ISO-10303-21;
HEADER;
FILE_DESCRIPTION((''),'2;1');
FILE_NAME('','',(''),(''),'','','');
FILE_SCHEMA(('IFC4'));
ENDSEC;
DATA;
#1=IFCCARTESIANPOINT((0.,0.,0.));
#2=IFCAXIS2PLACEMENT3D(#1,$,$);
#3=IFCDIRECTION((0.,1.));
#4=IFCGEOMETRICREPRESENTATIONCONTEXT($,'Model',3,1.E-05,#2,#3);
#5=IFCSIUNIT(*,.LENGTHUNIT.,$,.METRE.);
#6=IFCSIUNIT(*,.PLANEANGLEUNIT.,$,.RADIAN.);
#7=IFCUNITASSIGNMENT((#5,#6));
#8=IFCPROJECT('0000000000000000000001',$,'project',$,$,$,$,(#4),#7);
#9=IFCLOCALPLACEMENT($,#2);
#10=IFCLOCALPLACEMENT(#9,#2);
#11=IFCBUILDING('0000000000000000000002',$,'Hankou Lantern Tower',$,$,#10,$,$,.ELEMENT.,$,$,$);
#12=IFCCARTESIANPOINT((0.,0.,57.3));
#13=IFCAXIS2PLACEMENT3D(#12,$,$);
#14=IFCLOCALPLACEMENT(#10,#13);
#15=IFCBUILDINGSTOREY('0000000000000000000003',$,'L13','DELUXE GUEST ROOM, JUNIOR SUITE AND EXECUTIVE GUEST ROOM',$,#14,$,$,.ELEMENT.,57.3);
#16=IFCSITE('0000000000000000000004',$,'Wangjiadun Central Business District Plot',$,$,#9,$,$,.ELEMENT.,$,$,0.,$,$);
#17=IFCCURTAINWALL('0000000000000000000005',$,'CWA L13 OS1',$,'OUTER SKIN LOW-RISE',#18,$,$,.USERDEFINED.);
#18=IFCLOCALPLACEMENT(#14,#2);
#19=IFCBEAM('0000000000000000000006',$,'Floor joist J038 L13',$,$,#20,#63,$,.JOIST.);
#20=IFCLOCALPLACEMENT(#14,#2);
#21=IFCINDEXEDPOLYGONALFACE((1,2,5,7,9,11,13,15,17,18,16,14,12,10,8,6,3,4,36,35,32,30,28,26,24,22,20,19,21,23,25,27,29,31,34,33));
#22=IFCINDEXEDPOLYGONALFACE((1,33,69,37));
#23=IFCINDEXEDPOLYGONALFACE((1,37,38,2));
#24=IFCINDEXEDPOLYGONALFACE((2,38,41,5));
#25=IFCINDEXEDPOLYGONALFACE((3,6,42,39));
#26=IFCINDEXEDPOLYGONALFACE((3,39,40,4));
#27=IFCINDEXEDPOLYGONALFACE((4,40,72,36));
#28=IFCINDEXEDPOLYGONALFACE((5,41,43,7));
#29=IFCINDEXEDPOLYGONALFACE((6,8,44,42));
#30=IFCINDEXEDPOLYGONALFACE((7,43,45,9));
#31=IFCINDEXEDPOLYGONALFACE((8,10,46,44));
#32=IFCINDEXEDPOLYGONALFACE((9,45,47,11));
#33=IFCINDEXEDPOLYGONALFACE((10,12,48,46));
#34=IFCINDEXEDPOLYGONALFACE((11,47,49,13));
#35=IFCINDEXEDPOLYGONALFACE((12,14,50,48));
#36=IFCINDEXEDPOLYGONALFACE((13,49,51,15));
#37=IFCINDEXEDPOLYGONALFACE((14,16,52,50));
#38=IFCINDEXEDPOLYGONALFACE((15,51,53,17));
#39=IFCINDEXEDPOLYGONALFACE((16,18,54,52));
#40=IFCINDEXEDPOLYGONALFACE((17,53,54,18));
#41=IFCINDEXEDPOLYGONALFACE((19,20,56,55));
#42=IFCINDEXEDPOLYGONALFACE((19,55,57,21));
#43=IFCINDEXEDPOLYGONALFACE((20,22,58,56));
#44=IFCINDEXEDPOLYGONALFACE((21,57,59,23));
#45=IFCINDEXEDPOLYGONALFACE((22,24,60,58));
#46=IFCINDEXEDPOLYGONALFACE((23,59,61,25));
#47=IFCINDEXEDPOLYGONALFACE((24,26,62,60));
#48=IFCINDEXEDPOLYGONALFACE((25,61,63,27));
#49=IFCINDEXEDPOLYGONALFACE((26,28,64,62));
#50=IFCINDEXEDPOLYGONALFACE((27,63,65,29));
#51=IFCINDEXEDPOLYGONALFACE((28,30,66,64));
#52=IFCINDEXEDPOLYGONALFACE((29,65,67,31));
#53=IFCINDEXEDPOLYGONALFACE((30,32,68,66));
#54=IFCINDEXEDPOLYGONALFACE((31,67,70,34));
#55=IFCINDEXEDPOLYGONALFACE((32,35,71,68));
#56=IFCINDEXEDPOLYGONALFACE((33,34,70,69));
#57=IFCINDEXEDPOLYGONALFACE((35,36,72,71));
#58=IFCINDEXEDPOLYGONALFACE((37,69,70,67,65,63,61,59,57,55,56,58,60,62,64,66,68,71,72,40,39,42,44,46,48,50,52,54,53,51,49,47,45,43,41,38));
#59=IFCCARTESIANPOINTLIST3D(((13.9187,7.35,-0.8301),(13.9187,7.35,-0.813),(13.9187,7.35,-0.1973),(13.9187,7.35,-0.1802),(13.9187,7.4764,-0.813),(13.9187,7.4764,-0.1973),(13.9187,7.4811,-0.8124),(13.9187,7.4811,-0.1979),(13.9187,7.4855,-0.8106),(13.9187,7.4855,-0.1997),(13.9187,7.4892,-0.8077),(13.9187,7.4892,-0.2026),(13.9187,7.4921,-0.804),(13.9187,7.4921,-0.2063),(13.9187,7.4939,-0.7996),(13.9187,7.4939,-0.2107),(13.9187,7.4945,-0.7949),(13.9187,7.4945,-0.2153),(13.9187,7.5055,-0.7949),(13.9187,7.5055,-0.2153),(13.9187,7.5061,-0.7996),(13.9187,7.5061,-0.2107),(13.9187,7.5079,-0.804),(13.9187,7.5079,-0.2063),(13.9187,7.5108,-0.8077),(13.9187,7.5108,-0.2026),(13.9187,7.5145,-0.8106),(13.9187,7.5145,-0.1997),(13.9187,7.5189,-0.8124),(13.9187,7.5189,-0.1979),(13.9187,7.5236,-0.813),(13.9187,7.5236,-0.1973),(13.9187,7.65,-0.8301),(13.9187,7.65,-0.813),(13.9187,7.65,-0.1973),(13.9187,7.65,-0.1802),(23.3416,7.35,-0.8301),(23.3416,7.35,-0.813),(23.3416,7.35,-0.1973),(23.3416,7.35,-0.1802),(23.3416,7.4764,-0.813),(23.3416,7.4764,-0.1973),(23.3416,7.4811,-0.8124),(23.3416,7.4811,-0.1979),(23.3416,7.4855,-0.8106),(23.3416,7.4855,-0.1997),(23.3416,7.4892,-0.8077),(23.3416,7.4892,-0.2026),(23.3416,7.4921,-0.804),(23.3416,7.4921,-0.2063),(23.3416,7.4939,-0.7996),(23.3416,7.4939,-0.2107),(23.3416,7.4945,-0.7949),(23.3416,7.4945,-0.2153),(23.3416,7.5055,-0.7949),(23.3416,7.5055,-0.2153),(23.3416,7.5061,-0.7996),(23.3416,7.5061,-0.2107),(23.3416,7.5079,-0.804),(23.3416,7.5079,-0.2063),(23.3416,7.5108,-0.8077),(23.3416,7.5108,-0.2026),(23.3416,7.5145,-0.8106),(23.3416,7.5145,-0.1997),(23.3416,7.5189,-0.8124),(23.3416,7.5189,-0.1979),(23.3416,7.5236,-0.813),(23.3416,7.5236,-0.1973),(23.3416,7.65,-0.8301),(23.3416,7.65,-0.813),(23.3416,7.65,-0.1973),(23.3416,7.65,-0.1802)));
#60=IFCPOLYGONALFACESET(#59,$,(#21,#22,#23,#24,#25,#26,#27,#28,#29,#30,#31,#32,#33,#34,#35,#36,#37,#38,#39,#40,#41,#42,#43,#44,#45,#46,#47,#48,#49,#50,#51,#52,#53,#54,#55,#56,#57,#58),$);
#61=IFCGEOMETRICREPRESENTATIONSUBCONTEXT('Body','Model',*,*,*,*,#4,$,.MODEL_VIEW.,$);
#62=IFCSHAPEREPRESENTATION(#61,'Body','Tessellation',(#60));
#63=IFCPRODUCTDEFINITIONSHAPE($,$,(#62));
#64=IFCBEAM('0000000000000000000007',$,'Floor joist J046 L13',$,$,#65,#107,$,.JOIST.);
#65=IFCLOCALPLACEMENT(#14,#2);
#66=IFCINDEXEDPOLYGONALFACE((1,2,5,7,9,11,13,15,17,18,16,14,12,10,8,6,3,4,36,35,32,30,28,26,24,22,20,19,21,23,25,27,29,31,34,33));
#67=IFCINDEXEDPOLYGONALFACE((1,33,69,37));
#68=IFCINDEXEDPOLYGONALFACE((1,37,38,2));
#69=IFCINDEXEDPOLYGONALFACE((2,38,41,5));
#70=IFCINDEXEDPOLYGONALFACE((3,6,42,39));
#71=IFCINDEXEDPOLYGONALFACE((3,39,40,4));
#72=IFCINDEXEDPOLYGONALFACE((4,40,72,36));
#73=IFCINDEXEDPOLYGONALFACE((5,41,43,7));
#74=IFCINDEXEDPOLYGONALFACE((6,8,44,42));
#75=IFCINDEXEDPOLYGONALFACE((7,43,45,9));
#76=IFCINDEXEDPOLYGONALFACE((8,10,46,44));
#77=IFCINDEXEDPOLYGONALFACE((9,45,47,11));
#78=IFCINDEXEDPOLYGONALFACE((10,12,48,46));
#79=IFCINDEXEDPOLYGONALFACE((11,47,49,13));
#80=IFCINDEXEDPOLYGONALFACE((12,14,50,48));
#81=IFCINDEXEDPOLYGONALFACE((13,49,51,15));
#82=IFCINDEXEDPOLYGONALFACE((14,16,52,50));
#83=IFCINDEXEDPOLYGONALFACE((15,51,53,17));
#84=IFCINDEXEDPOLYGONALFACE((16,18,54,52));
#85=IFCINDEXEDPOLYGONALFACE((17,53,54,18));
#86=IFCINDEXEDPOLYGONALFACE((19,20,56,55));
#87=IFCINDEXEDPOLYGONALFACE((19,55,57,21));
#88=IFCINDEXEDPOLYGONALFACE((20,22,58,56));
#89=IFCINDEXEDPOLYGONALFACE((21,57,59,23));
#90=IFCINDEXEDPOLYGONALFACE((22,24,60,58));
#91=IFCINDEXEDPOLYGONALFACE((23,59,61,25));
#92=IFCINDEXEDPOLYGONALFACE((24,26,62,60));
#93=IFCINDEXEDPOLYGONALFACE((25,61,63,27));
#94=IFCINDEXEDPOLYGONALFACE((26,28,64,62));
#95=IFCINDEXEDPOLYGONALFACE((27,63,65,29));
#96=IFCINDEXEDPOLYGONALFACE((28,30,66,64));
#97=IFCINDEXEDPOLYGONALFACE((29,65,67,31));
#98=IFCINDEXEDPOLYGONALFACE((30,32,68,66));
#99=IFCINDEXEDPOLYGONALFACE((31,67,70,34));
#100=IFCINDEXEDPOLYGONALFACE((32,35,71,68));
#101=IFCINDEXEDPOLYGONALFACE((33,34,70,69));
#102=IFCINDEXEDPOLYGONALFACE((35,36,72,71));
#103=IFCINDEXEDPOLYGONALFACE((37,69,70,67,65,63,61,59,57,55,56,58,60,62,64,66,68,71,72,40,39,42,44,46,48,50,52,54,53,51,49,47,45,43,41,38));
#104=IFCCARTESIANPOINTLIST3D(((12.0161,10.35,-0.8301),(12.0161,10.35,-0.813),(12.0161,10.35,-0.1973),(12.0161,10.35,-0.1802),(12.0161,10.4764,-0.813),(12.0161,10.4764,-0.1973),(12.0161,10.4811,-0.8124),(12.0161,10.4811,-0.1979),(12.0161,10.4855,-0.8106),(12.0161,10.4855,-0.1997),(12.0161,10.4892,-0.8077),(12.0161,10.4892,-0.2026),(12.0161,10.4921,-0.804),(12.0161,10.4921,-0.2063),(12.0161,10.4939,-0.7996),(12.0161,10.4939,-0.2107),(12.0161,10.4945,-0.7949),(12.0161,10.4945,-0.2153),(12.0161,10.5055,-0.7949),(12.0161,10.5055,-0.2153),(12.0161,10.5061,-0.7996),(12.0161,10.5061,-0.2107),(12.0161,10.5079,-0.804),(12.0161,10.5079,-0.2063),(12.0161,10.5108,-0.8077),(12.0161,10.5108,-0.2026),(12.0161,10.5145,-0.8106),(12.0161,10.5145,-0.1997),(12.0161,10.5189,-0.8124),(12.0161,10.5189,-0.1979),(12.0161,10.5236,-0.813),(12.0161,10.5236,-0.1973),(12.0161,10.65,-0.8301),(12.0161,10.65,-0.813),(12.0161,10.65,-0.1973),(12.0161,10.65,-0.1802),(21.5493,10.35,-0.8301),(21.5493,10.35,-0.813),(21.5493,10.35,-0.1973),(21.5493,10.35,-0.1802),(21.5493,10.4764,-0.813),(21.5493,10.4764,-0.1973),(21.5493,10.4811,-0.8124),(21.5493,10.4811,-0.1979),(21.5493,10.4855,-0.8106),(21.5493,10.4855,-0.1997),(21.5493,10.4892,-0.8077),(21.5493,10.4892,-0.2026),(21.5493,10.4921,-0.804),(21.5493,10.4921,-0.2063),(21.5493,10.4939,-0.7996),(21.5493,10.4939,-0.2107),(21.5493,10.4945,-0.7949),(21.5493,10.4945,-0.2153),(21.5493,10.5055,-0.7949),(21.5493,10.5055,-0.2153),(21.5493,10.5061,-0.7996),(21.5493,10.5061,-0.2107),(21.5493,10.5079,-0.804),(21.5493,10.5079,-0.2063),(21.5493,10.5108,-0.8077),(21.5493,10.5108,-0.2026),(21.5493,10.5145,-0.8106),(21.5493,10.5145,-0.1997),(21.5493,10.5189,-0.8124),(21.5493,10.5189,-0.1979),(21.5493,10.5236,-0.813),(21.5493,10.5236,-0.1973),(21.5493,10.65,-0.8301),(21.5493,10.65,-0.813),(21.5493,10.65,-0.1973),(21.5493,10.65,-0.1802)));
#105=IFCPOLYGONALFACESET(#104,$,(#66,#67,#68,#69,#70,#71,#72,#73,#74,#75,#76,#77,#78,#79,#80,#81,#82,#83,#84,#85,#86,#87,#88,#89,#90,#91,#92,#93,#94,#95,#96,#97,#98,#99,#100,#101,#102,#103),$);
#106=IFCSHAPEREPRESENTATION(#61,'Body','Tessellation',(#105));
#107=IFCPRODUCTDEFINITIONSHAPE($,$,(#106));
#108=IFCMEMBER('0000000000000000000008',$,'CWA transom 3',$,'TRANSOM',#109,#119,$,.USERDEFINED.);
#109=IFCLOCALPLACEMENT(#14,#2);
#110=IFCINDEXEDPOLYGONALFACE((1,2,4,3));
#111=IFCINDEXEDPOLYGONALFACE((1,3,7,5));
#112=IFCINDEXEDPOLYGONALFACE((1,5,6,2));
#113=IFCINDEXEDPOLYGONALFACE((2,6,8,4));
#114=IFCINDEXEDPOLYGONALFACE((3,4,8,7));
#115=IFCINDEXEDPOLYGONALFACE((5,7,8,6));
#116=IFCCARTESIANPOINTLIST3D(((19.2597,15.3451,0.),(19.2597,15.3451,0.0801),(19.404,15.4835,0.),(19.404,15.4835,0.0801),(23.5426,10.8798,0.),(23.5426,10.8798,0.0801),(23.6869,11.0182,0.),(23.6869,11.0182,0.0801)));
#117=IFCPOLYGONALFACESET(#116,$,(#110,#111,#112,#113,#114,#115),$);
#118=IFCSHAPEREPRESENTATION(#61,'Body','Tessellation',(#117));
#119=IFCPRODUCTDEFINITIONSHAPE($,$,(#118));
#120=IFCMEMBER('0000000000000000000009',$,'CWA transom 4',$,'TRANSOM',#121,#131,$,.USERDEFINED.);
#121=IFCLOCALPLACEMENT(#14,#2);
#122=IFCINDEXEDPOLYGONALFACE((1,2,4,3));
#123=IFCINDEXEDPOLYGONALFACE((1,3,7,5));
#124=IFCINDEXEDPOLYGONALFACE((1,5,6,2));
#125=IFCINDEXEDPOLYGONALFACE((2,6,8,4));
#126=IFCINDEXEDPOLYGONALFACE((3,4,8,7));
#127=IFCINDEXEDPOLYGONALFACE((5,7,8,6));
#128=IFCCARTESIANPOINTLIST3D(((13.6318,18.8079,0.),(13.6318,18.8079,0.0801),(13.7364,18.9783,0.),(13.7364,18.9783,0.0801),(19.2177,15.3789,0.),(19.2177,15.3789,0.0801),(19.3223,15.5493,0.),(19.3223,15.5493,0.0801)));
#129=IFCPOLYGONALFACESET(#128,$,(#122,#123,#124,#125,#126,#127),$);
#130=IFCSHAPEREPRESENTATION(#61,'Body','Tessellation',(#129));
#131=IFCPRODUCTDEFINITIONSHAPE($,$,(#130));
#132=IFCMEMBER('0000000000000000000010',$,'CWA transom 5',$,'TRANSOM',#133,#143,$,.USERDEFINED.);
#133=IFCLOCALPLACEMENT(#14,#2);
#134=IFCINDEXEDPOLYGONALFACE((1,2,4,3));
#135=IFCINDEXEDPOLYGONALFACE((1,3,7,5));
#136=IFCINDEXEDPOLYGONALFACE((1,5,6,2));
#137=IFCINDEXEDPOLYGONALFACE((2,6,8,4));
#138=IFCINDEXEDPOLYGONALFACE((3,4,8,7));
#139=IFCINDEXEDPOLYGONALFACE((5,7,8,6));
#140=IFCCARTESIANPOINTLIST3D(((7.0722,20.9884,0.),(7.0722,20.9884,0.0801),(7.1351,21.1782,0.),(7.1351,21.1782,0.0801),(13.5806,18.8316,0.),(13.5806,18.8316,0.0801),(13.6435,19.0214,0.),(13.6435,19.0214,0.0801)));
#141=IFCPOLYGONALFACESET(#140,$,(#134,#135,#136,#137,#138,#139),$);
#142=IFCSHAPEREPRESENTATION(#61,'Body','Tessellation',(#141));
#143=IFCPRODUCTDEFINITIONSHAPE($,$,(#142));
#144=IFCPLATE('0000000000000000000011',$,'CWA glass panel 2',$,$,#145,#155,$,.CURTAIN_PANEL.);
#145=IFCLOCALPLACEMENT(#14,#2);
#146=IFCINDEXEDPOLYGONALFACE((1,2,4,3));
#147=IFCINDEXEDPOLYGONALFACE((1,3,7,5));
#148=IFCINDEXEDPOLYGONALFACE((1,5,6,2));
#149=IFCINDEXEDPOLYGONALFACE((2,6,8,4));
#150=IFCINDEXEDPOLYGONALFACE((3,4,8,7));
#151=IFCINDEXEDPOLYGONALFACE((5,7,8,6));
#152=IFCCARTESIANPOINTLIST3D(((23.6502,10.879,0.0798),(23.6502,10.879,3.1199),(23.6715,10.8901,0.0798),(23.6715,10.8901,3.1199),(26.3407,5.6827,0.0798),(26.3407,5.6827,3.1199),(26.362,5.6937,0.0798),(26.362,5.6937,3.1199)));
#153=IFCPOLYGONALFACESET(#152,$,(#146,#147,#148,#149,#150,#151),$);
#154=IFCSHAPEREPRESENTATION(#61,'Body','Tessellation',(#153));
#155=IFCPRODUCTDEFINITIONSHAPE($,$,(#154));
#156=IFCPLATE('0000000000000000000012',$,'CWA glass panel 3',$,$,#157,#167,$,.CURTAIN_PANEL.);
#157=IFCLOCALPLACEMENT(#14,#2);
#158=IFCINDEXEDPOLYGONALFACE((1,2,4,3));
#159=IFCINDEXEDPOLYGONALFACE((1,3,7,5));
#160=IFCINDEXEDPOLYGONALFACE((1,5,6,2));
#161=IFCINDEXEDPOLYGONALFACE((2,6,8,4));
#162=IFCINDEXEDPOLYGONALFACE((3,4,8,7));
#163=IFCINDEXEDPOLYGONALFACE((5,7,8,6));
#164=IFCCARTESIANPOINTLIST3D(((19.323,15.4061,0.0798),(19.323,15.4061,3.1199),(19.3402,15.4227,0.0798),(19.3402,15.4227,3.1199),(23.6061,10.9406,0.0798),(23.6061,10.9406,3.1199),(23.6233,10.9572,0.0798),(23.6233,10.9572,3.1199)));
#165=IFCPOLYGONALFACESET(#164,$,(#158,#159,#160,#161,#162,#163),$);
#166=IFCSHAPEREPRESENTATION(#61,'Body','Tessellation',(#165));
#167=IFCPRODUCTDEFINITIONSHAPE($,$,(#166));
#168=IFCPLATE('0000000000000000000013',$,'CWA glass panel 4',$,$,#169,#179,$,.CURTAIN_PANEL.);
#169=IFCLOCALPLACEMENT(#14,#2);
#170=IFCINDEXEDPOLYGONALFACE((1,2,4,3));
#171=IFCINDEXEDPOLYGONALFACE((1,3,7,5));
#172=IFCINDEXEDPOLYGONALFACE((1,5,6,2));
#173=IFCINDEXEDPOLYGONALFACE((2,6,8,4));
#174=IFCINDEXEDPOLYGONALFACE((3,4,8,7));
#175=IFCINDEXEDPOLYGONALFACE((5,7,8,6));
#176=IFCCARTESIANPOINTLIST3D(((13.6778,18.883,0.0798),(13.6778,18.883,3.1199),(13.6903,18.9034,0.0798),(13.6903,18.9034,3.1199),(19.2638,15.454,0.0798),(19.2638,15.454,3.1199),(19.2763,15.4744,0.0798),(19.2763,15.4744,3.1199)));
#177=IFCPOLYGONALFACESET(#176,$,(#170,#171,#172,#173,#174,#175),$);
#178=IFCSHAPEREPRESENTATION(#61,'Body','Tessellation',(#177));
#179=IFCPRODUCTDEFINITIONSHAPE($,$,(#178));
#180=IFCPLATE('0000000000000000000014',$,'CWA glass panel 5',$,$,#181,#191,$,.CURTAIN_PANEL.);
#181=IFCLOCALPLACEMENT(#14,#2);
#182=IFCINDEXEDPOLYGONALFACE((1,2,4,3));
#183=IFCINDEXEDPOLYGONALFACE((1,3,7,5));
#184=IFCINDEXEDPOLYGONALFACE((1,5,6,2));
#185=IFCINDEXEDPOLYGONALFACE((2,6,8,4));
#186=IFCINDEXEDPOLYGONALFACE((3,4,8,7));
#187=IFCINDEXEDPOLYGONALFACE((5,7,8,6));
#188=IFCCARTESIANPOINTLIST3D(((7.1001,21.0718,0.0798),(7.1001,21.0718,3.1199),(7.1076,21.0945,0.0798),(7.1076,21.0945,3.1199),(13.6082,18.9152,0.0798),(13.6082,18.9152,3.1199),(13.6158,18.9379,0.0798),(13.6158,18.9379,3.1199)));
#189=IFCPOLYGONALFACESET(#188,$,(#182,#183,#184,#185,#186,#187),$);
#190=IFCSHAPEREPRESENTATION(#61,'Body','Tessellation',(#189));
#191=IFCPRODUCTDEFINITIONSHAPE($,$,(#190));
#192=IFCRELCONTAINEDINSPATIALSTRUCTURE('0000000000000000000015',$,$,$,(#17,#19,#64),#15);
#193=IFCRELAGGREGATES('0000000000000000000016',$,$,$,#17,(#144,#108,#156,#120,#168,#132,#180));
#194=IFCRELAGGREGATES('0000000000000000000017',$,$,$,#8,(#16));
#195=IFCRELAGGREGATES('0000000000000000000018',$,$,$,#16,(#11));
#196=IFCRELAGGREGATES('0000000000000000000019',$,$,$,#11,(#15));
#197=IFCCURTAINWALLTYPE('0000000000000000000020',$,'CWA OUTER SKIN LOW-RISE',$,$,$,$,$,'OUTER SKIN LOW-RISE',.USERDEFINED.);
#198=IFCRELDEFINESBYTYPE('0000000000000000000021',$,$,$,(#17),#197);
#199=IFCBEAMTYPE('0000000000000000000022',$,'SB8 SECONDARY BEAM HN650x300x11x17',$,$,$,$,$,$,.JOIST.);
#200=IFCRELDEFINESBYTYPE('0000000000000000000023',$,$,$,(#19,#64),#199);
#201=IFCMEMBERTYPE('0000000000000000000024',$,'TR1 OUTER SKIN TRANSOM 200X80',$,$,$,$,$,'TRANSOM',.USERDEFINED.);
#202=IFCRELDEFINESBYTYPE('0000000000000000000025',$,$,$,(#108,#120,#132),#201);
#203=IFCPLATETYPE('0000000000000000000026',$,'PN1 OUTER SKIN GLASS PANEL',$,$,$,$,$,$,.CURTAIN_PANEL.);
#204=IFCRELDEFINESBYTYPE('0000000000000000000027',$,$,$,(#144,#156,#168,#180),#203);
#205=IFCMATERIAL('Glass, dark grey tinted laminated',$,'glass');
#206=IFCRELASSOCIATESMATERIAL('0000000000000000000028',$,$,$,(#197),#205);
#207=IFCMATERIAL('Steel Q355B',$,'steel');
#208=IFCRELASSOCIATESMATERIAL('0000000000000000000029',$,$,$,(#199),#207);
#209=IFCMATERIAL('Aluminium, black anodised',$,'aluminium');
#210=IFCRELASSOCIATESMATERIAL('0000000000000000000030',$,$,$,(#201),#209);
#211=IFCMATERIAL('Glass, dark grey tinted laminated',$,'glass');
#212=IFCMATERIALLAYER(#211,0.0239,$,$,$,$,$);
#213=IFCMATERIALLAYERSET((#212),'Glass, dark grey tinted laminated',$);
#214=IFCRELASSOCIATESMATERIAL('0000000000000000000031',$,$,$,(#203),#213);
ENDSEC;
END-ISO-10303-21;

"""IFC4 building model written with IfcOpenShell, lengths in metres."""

from ifc_helpers import new_model, si_unit, direction, frame, origin, origin_2d, place, context, subcontext, project, spatial, rectangle, i_section, extrude, material, layer, layer_set, material_profile, profile_set, type_object, element, aggregate, save


model = new_model("IFC4")

# Units and contexts
model_context = context("Model", 3, precision=1e-05, world=origin(), true_north=direction((0.0, 1.0)))
body_context = subcontext(model_context, "Body", "Model", "MODEL_VIEW")
ifc_project = project(units=[si_unit("LENGTHUNIT", "METRE"), si_unit("PLANEANGLEUNIT", "RADIAN")], contexts=[model_context])

# Site, building, storey
site_placement = place(None, origin())
site = spatial("IfcSite", under=ifc_project, at=site_placement, Name="Wangjiadun Central Business District Plot", CompositionType="ELEMENT", RefElevation=0.0)
building_placement = place(site_placement, origin())
building = spatial("IfcBuilding", under=site, at=building_placement, Name="Hankou Lantern Tower", CompositionType="ELEMENT")
storey_placement = place(building_placement, frame((0.0, 0.0, 57.3)))
storey = spatial("IfcBuildingStorey", under=building, at=storey_placement, Name="L13", Description="DELUXE GUEST ROOM, JUNIOR SUITE AND EXECUTIVE GUEST ROOM", CompositionType="ELEMENT", Elevation=57.3)

# Curtain wall
ifc_material_1 = material(Name="Glass, dark grey tinted laminated", Category="glass")
curtain_wall_type = type_object("IfcCurtainWallType", Name="CWA OUTER SKIN LOW-RISE", ElementType="OUTER SKIN LOW-RISE", PredefinedType="USERDEFINED", material=ifc_material_1)
curtain_wall_placement = place(storey_placement, origin())
curtain_wall = element("IfcCurtainWall", 1, at=curtain_wall_placement, inside=storey, type_object=curtain_wall_type, Name="CWA L13 OS1", ObjectType="OUTER SKIN LOW-RISE", PredefinedType="USERDEFINED")

# Beams
ifc_material_2 = material(Name="Steel Q355B", Category="steel")
ifc_material_profile_1 = material_profile(ifc_material_2, i_section(OverallWidth=0.3, OverallDepth=0.6499, WebThickness=0.011, FlangeThickness=0.0171, FilletRadius=0.0181, at=origin_2d()), Name="HN650x300x11x17")
ifc_profile_set_1 = profile_set([ifc_material_profile_1], Name="Steel Q355B")
beam_type_1 = type_object("IfcBeamType", Name="SB8 SECONDARY BEAM HN650x300x11x17", PredefinedType="JOIST", material=ifc_profile_set_1)
beam_1_placement = place(storey_placement, frame((13.9187, 7.5, -0.5051), z_axis=(1.0, 0.0, 0.0), x_axis=(0.0, 1.0, 0.0)))
element("IfcBeam", 2, at=beam_1_placement, inside=storey, type_object=beam_type_1, Name="Floor joist J038 L13", PredefinedType="JOIST", context=body_context, shape_type="SweptSolid", body=[
    extrude(i_section(OverallWidth=0.3, OverallDepth=0.6499, WebThickness=0.011, FlangeThickness=0.0171, FilletRadius=0.0181, at=origin_2d()), origin(), (0.0, 0.0, 1.0), 9.4229),
])
beam_2_placement = place(storey_placement, frame((12.0161, 10.5, -0.5051), z_axis=(1.0, 0.0, 0.0), x_axis=(0.0, 1.0, 0.0)))
element("IfcBeam", 3, at=beam_2_placement, inside=storey, type_object=beam_type_1, Name="Floor joist J046 L13", PredefinedType="JOIST", context=body_context, shape_type="SweptSolid", body=[
    extrude(i_section(OverallWidth=0.3, OverallDepth=0.6499, WebThickness=0.011, FlangeThickness=0.0171, FilletRadius=0.0181, at=origin_2d()), origin(), (0.0, 0.0, 1.0), 9.5332),
])

# Members
ifc_material_3 = material(Name="Aluminium, black anodised", Category="aluminium")
ifc_material_profile_2 = material_profile(ifc_material_3, rectangle(XDim=0.2, YDim=0.0801, at=origin_2d()), Name="TR1 200X80")
ifc_profile_set_2 = profile_set([ifc_material_profile_2], Name="Aluminium, black anodised")
member_type_1 = type_object("IfcMemberType", Name="TR1 OUTER SKIN TRANSOM 200X80", ElementType="TRANSOM", PredefinedType="USERDEFINED", material=ifc_profile_set_2)
member_1_placement = place(storey_placement, frame((23.6147, 10.949, 0.04), z_axis=(-0.692216, 0.721691, 0.0), x_axis=(-0.721691, -0.692216, 0.0)))
member_1 = element("IfcMember", 4, at=member_1_placement, type_object=member_type_1, Name="CWA transom 3", ObjectType="TRANSOM", PredefinedType="USERDEFINED", context=body_context, shape_type="SweptSolid", body=[
    extrude(rectangle(XDim=0.2, YDim=0.0801, at=origin_2d()), origin(), (0.0, 0.0, 1.0), 6.1873),
])
member_2_placement = place(storey_placement, frame((19.27, 15.4641, 0.04), z_axis=(-0.85224, 0.523152, 0.0), x_axis=(-0.523152, -0.85224, 0.0)))
member_2 = element("IfcMember", 5, at=member_2_placement, type_object=member_type_1, Name="CWA transom 4", ObjectType="TRANSOM", PredefinedType="USERDEFINED", context=body_context, shape_type="SweptSolid", body=[
    extrude(rectangle(XDim=0.2, YDim=0.0801, at=origin_2d()), origin(), (0.0, 0.0, 1.0), 6.5544),
])
member_3_placement = place(storey_placement, frame((13.6121, 18.9265, 0.04), z_axis=(-0.949237, 0.314561, 0.0), x_axis=(-0.314561, -0.949237, 0.0)))
member_3 = element("IfcMember", 6, at=member_3_placement, type_object=member_type_1, Name="CWA transom 5", ObjectType="TRANSOM", PredefinedType="USERDEFINED", context=body_context, shape_type="SweptSolid", body=[
    extrude(rectangle(XDim=0.2, YDim=0.0801, at=origin_2d()), origin(), (0.0, 0.0, 1.0), 6.8564),
])

# Plates
ifc_material_4 = material(Name="Glass, dark grey tinted laminated", Category="glass")
ifc_layer_1 = layer(ifc_material_4, 0.0239)
ifc_layer_set_1 = layer_set([ifc_layer_1], Name="Glass, dark grey tinted laminated")
plate_type = type_object("IfcPlateType", Name="PN1 OUTER SKIN GLASS PANEL", PredefinedType="CURTAIN_PANEL", material=ifc_layer_set_1)
plate_1_placement = place(storey_placement, frame((25.0061, 8.2864, 0.0798), z_axis=(0.0, 0.0, 1.0), x_axis=(-0.459791, 0.888027, 0.0)))
plate_1 = element("IfcPlate", 7, at=plate_1_placement, type_object=plate_type, Name="CWA glass panel 2", PredefinedType="CURTAIN_PANEL", context=body_context, shape_type="SweptSolid", body=[
    extrude(rectangle(XDim=5.8516, YDim=0.0239, at=origin_2d()), origin(), (0.0, 0.0, 1.0), 3.04),
])
plate_2_placement = place(storey_placement, frame((21.4731, 13.1816, 0.0798), z_axis=(0.0, 0.0, 1.0), x_axis=(-0.692216, 0.721691, 0.0)))
plate_2 = element("IfcPlate", 8, at=plate_2_placement, type_object=plate_type, Name="CWA glass panel 3", PredefinedType="CURTAIN_PANEL", context=body_context, shape_type="SweptSolid", body=[
    extrude(rectangle(XDim=6.1875, YDim=0.0239, at=origin_2d()), origin(), (0.0, 0.0, 1.0), 3.04),
])
plate_3_placement = place(storey_placement, frame((16.4771, 17.1787, 0.0798), z_axis=(0.0, 0.0, 1.0), x_axis=(-0.852237, 0.523156, 0.0)))
plate_3 = element("IfcPlate", 9, at=plate_3_placement, type_object=plate_type, Name="CWA glass panel 4", PredefinedType="CURTAIN_PANEL", context=body_context, shape_type="SweptSolid", body=[
    extrude(rectangle(XDim=6.5544, YDim=0.0239, at=origin_2d()), origin(), (0.0, 0.0, 1.0), 3.04),
])
plate_4_placement = place(storey_placement, frame((10.3579, 20.0049, 0.0798), z_axis=(0.0, 0.0, 1.0), x_axis=(-0.949241, 0.314551, 0.0)))
plate_4 = element("IfcPlate", 10, at=plate_4_placement, type_object=plate_type, Name="CWA glass panel 5", PredefinedType="CURTAIN_PANEL", context=body_context, shape_type="SweptSolid", body=[
    extrude(rectangle(XDim=6.8562, YDim=0.0239, at=origin_2d()), origin(), (0.0, 0.0, 1.0), 3.04),
])
aggregate(curtain_wall, [plate_1, member_1, plate_2, member_2, plate_3, member_3, plate_4])

save(model, "model.ifc")
